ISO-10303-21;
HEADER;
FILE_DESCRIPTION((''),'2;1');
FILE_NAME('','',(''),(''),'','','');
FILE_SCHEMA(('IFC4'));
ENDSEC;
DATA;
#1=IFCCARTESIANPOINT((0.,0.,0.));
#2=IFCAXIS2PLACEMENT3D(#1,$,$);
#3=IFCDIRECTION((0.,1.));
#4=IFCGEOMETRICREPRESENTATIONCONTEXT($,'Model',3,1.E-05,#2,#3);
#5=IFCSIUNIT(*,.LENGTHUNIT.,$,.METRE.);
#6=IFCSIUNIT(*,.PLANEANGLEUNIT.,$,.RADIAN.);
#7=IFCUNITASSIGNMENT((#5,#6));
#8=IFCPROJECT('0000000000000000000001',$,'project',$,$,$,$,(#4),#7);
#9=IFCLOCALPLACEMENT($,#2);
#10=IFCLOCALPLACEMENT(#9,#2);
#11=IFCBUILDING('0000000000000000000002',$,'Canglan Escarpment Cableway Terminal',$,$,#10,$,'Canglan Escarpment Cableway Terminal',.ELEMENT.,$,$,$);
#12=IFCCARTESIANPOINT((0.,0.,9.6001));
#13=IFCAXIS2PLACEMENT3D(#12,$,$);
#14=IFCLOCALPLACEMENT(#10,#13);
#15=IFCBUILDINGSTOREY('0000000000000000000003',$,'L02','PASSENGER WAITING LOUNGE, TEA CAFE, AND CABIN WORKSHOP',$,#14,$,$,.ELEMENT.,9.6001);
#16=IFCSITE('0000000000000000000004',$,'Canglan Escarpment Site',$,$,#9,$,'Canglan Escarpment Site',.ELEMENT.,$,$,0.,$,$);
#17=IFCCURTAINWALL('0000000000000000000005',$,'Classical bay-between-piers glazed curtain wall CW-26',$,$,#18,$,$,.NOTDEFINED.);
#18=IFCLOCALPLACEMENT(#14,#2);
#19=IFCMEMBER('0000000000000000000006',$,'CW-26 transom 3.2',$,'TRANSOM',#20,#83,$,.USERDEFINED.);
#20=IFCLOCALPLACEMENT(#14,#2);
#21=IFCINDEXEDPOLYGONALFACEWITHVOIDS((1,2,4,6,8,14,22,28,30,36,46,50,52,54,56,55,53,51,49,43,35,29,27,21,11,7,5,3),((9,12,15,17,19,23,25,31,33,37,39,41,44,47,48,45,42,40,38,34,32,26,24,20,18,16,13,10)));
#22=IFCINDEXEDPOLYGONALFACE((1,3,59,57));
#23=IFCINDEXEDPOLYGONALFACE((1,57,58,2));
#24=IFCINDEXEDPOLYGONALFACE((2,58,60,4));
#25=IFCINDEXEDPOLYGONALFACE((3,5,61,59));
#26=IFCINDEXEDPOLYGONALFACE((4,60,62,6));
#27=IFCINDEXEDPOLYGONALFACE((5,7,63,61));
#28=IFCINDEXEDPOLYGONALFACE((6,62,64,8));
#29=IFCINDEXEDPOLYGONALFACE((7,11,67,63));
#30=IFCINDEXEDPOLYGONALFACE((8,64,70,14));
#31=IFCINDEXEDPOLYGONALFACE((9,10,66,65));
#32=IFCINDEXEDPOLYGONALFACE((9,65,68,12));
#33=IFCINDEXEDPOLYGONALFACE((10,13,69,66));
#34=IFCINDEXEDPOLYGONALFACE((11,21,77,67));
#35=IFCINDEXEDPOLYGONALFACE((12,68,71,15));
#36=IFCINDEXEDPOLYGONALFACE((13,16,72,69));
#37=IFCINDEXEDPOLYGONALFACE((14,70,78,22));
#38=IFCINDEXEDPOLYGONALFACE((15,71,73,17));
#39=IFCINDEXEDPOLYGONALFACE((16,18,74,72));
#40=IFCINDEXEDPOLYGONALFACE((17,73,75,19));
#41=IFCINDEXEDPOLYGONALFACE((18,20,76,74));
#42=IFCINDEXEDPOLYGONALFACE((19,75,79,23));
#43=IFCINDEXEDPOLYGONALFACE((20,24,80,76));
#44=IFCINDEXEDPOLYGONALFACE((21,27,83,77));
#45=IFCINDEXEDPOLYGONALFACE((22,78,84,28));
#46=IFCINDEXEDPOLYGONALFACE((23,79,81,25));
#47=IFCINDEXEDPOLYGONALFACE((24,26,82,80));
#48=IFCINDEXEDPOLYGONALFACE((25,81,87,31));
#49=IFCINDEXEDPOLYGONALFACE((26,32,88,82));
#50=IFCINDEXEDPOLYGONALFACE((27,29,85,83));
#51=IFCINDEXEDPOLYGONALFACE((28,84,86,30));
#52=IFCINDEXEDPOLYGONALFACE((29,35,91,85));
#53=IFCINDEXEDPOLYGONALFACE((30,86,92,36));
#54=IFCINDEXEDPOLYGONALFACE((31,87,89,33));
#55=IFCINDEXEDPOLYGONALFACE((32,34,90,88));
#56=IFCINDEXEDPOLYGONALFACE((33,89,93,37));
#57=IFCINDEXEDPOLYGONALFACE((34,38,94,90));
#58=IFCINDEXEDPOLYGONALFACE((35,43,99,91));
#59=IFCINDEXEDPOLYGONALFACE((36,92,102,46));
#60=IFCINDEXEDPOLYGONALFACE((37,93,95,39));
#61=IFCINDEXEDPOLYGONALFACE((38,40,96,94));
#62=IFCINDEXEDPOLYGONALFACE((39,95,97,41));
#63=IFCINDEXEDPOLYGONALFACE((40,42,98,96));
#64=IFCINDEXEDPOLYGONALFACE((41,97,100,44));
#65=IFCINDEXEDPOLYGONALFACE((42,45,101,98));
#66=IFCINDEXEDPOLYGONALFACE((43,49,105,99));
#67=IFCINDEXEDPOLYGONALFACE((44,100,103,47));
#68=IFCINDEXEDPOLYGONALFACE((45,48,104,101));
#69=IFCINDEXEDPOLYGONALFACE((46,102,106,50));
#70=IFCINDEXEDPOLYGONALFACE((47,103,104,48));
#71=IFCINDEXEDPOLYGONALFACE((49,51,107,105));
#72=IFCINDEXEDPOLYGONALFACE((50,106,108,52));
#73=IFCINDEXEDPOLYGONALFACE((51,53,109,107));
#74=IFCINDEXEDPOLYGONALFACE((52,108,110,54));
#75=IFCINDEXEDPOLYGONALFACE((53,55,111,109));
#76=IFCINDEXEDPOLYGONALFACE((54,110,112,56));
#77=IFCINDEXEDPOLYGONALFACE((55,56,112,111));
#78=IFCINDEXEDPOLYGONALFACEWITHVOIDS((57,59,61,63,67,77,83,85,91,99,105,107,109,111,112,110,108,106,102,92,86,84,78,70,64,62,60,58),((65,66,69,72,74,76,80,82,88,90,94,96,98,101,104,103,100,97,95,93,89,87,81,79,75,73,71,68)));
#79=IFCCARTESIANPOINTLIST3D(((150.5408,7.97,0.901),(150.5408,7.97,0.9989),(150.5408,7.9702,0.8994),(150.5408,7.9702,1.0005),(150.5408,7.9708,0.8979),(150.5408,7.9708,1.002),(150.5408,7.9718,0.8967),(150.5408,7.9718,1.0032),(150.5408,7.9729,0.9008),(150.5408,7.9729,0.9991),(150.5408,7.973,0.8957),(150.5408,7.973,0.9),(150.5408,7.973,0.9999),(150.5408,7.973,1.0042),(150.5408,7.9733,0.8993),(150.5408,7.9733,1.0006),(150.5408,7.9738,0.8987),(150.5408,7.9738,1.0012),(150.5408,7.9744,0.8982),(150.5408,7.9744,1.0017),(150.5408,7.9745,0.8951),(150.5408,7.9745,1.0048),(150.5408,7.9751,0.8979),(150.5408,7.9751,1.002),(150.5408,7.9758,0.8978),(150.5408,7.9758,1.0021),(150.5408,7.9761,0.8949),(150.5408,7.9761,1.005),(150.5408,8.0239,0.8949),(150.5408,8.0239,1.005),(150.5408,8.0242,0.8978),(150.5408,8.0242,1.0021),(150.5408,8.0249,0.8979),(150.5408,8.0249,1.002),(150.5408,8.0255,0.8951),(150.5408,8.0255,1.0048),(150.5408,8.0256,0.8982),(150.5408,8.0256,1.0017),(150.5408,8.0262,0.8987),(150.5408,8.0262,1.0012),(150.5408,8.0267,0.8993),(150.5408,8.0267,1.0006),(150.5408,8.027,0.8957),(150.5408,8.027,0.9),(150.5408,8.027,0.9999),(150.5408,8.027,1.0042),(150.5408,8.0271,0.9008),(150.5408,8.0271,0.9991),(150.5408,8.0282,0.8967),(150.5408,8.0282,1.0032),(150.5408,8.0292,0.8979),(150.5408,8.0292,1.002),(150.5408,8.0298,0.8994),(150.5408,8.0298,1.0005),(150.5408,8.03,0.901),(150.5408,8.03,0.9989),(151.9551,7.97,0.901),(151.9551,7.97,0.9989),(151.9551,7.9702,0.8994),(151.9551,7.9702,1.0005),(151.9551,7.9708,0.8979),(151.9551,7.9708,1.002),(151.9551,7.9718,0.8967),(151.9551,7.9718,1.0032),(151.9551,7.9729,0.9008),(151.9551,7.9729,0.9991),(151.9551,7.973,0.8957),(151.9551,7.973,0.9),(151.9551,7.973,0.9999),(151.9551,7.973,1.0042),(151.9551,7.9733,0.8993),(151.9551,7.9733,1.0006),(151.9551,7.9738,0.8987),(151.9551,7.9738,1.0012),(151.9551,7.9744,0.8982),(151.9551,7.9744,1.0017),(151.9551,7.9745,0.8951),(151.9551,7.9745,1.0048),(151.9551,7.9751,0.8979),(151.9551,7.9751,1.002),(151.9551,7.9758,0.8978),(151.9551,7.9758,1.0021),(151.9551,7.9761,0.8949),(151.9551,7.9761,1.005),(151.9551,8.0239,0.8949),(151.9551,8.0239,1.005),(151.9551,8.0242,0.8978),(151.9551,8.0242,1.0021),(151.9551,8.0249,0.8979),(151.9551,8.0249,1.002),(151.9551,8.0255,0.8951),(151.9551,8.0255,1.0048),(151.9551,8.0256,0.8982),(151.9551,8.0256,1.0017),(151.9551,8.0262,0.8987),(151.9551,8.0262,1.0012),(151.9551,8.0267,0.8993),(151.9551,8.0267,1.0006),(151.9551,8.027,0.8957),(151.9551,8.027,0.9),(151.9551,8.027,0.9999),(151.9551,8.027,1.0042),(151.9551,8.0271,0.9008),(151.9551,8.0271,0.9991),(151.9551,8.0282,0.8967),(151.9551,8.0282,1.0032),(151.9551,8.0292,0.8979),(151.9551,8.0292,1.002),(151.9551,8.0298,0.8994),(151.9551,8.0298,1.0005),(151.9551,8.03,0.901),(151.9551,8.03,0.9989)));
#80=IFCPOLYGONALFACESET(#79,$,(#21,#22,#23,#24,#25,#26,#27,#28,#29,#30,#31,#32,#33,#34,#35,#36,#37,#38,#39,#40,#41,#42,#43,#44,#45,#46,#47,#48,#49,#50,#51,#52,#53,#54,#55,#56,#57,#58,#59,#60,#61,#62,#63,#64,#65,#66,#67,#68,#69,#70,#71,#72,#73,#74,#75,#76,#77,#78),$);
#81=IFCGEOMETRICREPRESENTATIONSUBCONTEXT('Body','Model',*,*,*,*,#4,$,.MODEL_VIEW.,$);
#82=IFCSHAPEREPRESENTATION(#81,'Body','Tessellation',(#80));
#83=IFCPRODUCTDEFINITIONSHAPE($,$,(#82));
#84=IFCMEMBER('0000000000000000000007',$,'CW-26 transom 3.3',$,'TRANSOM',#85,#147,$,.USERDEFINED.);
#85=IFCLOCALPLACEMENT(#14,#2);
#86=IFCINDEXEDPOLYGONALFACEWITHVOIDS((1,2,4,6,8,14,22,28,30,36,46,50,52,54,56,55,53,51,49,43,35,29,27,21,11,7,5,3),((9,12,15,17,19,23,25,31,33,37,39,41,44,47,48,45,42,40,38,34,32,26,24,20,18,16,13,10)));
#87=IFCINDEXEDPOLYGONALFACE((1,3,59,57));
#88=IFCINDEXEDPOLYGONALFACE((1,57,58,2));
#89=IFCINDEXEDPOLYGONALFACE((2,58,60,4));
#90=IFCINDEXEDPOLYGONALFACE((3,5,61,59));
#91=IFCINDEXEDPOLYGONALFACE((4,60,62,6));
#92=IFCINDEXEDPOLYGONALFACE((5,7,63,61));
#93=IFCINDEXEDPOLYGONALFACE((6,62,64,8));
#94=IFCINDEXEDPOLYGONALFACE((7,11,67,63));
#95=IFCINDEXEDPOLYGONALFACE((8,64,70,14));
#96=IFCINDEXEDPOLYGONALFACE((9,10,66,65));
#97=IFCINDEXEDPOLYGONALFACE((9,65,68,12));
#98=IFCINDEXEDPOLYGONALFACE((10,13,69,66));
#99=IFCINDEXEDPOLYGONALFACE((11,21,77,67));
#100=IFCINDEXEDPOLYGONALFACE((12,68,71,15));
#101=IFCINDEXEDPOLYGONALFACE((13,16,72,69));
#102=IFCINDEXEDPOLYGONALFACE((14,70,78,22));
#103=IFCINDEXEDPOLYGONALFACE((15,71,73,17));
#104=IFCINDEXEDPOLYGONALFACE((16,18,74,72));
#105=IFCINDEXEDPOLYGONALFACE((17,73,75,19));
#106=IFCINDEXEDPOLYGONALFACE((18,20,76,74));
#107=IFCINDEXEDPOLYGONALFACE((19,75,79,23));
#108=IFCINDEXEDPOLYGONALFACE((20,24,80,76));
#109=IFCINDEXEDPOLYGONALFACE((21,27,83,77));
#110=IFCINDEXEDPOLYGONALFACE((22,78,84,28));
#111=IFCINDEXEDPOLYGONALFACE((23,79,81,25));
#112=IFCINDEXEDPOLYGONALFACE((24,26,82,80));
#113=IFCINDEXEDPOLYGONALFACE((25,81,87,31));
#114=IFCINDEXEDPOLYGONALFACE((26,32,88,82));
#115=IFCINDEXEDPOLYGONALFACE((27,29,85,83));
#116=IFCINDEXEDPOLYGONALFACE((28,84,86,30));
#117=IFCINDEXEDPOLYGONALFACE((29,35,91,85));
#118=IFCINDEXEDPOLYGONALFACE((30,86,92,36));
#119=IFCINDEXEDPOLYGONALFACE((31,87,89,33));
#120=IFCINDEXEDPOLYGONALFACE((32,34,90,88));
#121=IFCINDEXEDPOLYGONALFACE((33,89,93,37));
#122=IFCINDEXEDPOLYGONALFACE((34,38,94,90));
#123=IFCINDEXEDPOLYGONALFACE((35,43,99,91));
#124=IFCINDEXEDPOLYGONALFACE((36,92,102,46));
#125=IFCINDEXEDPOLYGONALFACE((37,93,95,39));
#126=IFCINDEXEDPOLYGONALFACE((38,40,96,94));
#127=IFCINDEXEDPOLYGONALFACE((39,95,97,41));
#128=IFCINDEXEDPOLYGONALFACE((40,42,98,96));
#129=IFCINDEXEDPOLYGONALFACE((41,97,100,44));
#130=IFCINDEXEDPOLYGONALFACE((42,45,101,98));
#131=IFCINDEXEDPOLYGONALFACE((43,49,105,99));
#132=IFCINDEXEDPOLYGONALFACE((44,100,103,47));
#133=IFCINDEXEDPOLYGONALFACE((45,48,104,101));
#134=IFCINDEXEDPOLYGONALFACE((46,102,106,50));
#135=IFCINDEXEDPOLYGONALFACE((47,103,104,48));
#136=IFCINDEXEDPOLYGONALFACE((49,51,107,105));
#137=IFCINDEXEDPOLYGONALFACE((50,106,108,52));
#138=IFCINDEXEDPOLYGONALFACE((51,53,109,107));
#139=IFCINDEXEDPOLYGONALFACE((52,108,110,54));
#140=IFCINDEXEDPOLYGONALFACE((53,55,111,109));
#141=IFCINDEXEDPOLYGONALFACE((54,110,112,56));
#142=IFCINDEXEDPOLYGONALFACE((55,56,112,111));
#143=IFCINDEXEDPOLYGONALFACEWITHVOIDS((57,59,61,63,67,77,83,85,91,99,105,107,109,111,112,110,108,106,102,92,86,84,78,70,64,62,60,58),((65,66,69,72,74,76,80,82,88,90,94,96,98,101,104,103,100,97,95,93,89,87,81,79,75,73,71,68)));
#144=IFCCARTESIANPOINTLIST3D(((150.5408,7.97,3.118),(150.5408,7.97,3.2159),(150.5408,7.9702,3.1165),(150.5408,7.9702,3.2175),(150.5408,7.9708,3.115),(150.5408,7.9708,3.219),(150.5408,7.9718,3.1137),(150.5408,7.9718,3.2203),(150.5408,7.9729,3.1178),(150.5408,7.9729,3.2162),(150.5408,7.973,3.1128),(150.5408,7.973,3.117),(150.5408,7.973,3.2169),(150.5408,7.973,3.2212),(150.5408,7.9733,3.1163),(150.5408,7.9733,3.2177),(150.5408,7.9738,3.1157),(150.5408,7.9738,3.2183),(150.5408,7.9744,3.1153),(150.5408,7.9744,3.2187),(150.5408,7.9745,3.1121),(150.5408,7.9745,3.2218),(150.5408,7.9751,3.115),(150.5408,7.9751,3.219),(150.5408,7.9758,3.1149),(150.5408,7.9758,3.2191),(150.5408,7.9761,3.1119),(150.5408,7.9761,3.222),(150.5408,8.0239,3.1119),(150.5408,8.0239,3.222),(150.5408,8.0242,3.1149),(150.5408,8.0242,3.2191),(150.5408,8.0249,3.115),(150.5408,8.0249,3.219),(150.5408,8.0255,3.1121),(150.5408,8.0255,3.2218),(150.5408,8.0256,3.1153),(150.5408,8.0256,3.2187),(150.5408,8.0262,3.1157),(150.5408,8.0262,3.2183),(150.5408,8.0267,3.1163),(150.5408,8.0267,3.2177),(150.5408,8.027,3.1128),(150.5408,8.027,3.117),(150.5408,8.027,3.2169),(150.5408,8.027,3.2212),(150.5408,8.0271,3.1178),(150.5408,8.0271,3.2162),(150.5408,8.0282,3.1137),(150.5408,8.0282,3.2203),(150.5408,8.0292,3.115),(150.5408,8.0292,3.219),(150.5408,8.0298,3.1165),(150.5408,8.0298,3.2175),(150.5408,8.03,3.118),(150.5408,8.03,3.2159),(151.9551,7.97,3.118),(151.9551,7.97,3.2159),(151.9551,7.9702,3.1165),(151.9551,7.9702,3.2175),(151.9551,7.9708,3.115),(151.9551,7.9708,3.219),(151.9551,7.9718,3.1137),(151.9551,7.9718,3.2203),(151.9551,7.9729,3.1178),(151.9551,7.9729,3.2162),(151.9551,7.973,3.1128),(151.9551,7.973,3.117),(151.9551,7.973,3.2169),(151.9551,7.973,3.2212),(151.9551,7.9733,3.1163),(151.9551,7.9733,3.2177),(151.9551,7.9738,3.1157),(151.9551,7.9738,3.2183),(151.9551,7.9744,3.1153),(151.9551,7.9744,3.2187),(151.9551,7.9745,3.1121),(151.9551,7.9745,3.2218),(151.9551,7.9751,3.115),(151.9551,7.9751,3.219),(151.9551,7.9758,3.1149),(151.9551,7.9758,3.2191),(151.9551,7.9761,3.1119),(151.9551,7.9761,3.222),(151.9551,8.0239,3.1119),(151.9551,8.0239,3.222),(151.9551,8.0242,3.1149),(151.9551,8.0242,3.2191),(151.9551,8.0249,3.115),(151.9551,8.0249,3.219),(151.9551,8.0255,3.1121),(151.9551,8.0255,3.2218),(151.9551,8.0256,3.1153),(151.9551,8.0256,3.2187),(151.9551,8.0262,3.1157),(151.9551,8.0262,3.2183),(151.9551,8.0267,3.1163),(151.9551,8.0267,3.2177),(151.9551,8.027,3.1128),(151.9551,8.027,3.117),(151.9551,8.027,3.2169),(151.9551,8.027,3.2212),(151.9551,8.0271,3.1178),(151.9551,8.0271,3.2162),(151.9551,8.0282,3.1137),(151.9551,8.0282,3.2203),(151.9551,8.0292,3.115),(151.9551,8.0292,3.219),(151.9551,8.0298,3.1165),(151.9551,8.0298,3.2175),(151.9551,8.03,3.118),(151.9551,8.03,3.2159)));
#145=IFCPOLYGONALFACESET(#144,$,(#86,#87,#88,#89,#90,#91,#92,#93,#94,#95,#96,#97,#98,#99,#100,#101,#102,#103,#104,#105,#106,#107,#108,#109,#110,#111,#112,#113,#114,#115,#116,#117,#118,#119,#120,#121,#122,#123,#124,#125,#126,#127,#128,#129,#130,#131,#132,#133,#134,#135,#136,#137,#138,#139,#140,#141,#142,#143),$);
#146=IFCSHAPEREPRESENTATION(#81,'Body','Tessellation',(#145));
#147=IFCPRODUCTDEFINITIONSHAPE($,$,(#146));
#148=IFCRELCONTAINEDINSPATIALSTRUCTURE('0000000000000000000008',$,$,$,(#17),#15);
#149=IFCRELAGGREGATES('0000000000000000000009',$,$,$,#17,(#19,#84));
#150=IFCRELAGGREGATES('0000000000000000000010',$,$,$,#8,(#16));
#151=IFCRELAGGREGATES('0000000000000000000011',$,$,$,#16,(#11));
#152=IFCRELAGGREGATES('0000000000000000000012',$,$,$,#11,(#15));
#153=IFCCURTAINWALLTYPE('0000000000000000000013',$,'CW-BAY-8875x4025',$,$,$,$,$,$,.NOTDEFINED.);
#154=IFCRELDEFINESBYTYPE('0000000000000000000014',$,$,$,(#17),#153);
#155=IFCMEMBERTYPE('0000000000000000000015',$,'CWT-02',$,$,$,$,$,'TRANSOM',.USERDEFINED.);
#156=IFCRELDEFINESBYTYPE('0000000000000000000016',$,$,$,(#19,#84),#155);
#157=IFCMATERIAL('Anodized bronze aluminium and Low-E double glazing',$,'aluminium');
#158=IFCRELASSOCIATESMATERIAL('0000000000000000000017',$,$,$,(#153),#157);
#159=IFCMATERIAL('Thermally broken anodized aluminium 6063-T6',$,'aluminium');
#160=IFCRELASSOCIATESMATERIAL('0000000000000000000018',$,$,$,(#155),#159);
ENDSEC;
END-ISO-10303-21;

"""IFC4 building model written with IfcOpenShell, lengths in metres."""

from ifc_helpers import new_model, si_unit, direction, frame, origin, origin_2d, place, context, subcontext, project, spatial, hollow_rectangle, extrude, material, material_profile, profile_set, type_object, element, aggregate, save


model = new_model("IFC4")

# Units and contexts
model_context = context("Model", 3, precision=1e-05, world=origin(), true_north=direction((0.0, 1.0)))
body_context = subcontext(model_context, "Body", "Model", "MODEL_VIEW")
ifc_project = project(units=[si_unit("LENGTHUNIT", "METRE"), si_unit("PLANEANGLEUNIT", "RADIAN")], contexts=[model_context])

# Site, building, storey
site_placement = place(None, origin())
site = spatial("IfcSite", under=ifc_project, at=site_placement, Name="Canglan Escarpment Site", LongName="Canglan Escarpment Site", CompositionType="ELEMENT", RefElevation=0.0)
building_placement = place(site_placement, origin())
building = spatial("IfcBuilding", under=site, at=building_placement, Name="Canglan Escarpment Cableway Terminal", LongName="Canglan Escarpment Cableway Terminal", CompositionType="ELEMENT")
storey_placement = place(building_placement, frame((0.0, 0.0, 9.6001)))
storey = spatial("IfcBuildingStorey", under=building, at=storey_placement, Name="L02", Description="PASSENGER WAITING LOUNGE, TEA CAFE, AND CABIN WORKSHOP", CompositionType="ELEMENT", Elevation=9.6001)

# Curtain wall, members
ifc_material_1 = material(Name="Anodized bronze aluminium and Low-E double glazing", Category="aluminium")
curtain_wall_type = type_object("IfcCurtainWallType", Name="CW-BAY-8875x4025", PredefinedType="NOTDEFINED", material=ifc_material_1)
curtain_wall_placement = place(storey_placement, origin())
curtain_wall = element("IfcCurtainWall", 1, at=curtain_wall_placement, inside=storey, type_object=curtain_wall_type, Name="Classical bay-between-piers glazed curtain wall CW-26", PredefinedType="NOTDEFINED")
ifc_material_2 = material(Name="Thermally broken anodized aluminium 6063-T6", Category="aluminium")
ifc_material_profile_1 = material_profile(ifc_material_2, hollow_rectangle(XDim=0.0601, YDim=0.1101, WallThickness=0.0029, InnerFilletRadius=0.0029, OuterFilletRadius=0.0061, at=origin_2d()), Name="ALU-TRAN 60x110x3")
ifc_profile_set_1 = profile_set([ifc_material_profile_1], Name="Thermally broken anodized aluminium 6063-T6")
member_type_1 = type_object("IfcMemberType", Name="CWT-02", ElementType="TRANSOM", PredefinedType="USERDEFINED", material=ifc_profile_set_1)
member_1_placement = place(storey_placement, frame((150.5408, 8.0, 0.95), z_axis=(1.0, 0.0, 0.0), x_axis=(0.0, 1.0, 0.0)))
member_1 = element("IfcMember", 2, at=member_1_placement, type_object=member_type_1, Name="CW-26 transom 3.2", ObjectType="TRANSOM", PredefinedType="USERDEFINED", context=body_context, shape_type="SweptSolid", body=[
    extrude(hollow_rectangle(XDim=0.0601, YDim=0.1101, WallThickness=0.0029, InnerFilletRadius=0.0029, OuterFilletRadius=0.0061, at=origin_2d()), origin(), (0.0, 0.0, 1.0), 1.4143),
])
member_2_placement = place(storey_placement, frame((150.5408, 8.0, 3.167), z_axis=(1.0, 0.0, 0.0), x_axis=(0.0, 1.0, 0.0)))
member_2 = element("IfcMember", 3, at=member_2_placement, type_object=member_type_1, Name="CW-26 transom 3.3", ObjectType="TRANSOM", PredefinedType="USERDEFINED", context=body_context, shape_type="SweptSolid", body=[
    extrude(hollow_rectangle(XDim=0.0601, YDim=0.1101, WallThickness=0.0029, InnerFilletRadius=0.0029, OuterFilletRadius=0.0061, at=origin_2d()), origin(), (0.0, 0.0, 1.0), 1.4143),
])
aggregate(curtain_wall, [member_1, member_2])

save(model, "model.ifc")
